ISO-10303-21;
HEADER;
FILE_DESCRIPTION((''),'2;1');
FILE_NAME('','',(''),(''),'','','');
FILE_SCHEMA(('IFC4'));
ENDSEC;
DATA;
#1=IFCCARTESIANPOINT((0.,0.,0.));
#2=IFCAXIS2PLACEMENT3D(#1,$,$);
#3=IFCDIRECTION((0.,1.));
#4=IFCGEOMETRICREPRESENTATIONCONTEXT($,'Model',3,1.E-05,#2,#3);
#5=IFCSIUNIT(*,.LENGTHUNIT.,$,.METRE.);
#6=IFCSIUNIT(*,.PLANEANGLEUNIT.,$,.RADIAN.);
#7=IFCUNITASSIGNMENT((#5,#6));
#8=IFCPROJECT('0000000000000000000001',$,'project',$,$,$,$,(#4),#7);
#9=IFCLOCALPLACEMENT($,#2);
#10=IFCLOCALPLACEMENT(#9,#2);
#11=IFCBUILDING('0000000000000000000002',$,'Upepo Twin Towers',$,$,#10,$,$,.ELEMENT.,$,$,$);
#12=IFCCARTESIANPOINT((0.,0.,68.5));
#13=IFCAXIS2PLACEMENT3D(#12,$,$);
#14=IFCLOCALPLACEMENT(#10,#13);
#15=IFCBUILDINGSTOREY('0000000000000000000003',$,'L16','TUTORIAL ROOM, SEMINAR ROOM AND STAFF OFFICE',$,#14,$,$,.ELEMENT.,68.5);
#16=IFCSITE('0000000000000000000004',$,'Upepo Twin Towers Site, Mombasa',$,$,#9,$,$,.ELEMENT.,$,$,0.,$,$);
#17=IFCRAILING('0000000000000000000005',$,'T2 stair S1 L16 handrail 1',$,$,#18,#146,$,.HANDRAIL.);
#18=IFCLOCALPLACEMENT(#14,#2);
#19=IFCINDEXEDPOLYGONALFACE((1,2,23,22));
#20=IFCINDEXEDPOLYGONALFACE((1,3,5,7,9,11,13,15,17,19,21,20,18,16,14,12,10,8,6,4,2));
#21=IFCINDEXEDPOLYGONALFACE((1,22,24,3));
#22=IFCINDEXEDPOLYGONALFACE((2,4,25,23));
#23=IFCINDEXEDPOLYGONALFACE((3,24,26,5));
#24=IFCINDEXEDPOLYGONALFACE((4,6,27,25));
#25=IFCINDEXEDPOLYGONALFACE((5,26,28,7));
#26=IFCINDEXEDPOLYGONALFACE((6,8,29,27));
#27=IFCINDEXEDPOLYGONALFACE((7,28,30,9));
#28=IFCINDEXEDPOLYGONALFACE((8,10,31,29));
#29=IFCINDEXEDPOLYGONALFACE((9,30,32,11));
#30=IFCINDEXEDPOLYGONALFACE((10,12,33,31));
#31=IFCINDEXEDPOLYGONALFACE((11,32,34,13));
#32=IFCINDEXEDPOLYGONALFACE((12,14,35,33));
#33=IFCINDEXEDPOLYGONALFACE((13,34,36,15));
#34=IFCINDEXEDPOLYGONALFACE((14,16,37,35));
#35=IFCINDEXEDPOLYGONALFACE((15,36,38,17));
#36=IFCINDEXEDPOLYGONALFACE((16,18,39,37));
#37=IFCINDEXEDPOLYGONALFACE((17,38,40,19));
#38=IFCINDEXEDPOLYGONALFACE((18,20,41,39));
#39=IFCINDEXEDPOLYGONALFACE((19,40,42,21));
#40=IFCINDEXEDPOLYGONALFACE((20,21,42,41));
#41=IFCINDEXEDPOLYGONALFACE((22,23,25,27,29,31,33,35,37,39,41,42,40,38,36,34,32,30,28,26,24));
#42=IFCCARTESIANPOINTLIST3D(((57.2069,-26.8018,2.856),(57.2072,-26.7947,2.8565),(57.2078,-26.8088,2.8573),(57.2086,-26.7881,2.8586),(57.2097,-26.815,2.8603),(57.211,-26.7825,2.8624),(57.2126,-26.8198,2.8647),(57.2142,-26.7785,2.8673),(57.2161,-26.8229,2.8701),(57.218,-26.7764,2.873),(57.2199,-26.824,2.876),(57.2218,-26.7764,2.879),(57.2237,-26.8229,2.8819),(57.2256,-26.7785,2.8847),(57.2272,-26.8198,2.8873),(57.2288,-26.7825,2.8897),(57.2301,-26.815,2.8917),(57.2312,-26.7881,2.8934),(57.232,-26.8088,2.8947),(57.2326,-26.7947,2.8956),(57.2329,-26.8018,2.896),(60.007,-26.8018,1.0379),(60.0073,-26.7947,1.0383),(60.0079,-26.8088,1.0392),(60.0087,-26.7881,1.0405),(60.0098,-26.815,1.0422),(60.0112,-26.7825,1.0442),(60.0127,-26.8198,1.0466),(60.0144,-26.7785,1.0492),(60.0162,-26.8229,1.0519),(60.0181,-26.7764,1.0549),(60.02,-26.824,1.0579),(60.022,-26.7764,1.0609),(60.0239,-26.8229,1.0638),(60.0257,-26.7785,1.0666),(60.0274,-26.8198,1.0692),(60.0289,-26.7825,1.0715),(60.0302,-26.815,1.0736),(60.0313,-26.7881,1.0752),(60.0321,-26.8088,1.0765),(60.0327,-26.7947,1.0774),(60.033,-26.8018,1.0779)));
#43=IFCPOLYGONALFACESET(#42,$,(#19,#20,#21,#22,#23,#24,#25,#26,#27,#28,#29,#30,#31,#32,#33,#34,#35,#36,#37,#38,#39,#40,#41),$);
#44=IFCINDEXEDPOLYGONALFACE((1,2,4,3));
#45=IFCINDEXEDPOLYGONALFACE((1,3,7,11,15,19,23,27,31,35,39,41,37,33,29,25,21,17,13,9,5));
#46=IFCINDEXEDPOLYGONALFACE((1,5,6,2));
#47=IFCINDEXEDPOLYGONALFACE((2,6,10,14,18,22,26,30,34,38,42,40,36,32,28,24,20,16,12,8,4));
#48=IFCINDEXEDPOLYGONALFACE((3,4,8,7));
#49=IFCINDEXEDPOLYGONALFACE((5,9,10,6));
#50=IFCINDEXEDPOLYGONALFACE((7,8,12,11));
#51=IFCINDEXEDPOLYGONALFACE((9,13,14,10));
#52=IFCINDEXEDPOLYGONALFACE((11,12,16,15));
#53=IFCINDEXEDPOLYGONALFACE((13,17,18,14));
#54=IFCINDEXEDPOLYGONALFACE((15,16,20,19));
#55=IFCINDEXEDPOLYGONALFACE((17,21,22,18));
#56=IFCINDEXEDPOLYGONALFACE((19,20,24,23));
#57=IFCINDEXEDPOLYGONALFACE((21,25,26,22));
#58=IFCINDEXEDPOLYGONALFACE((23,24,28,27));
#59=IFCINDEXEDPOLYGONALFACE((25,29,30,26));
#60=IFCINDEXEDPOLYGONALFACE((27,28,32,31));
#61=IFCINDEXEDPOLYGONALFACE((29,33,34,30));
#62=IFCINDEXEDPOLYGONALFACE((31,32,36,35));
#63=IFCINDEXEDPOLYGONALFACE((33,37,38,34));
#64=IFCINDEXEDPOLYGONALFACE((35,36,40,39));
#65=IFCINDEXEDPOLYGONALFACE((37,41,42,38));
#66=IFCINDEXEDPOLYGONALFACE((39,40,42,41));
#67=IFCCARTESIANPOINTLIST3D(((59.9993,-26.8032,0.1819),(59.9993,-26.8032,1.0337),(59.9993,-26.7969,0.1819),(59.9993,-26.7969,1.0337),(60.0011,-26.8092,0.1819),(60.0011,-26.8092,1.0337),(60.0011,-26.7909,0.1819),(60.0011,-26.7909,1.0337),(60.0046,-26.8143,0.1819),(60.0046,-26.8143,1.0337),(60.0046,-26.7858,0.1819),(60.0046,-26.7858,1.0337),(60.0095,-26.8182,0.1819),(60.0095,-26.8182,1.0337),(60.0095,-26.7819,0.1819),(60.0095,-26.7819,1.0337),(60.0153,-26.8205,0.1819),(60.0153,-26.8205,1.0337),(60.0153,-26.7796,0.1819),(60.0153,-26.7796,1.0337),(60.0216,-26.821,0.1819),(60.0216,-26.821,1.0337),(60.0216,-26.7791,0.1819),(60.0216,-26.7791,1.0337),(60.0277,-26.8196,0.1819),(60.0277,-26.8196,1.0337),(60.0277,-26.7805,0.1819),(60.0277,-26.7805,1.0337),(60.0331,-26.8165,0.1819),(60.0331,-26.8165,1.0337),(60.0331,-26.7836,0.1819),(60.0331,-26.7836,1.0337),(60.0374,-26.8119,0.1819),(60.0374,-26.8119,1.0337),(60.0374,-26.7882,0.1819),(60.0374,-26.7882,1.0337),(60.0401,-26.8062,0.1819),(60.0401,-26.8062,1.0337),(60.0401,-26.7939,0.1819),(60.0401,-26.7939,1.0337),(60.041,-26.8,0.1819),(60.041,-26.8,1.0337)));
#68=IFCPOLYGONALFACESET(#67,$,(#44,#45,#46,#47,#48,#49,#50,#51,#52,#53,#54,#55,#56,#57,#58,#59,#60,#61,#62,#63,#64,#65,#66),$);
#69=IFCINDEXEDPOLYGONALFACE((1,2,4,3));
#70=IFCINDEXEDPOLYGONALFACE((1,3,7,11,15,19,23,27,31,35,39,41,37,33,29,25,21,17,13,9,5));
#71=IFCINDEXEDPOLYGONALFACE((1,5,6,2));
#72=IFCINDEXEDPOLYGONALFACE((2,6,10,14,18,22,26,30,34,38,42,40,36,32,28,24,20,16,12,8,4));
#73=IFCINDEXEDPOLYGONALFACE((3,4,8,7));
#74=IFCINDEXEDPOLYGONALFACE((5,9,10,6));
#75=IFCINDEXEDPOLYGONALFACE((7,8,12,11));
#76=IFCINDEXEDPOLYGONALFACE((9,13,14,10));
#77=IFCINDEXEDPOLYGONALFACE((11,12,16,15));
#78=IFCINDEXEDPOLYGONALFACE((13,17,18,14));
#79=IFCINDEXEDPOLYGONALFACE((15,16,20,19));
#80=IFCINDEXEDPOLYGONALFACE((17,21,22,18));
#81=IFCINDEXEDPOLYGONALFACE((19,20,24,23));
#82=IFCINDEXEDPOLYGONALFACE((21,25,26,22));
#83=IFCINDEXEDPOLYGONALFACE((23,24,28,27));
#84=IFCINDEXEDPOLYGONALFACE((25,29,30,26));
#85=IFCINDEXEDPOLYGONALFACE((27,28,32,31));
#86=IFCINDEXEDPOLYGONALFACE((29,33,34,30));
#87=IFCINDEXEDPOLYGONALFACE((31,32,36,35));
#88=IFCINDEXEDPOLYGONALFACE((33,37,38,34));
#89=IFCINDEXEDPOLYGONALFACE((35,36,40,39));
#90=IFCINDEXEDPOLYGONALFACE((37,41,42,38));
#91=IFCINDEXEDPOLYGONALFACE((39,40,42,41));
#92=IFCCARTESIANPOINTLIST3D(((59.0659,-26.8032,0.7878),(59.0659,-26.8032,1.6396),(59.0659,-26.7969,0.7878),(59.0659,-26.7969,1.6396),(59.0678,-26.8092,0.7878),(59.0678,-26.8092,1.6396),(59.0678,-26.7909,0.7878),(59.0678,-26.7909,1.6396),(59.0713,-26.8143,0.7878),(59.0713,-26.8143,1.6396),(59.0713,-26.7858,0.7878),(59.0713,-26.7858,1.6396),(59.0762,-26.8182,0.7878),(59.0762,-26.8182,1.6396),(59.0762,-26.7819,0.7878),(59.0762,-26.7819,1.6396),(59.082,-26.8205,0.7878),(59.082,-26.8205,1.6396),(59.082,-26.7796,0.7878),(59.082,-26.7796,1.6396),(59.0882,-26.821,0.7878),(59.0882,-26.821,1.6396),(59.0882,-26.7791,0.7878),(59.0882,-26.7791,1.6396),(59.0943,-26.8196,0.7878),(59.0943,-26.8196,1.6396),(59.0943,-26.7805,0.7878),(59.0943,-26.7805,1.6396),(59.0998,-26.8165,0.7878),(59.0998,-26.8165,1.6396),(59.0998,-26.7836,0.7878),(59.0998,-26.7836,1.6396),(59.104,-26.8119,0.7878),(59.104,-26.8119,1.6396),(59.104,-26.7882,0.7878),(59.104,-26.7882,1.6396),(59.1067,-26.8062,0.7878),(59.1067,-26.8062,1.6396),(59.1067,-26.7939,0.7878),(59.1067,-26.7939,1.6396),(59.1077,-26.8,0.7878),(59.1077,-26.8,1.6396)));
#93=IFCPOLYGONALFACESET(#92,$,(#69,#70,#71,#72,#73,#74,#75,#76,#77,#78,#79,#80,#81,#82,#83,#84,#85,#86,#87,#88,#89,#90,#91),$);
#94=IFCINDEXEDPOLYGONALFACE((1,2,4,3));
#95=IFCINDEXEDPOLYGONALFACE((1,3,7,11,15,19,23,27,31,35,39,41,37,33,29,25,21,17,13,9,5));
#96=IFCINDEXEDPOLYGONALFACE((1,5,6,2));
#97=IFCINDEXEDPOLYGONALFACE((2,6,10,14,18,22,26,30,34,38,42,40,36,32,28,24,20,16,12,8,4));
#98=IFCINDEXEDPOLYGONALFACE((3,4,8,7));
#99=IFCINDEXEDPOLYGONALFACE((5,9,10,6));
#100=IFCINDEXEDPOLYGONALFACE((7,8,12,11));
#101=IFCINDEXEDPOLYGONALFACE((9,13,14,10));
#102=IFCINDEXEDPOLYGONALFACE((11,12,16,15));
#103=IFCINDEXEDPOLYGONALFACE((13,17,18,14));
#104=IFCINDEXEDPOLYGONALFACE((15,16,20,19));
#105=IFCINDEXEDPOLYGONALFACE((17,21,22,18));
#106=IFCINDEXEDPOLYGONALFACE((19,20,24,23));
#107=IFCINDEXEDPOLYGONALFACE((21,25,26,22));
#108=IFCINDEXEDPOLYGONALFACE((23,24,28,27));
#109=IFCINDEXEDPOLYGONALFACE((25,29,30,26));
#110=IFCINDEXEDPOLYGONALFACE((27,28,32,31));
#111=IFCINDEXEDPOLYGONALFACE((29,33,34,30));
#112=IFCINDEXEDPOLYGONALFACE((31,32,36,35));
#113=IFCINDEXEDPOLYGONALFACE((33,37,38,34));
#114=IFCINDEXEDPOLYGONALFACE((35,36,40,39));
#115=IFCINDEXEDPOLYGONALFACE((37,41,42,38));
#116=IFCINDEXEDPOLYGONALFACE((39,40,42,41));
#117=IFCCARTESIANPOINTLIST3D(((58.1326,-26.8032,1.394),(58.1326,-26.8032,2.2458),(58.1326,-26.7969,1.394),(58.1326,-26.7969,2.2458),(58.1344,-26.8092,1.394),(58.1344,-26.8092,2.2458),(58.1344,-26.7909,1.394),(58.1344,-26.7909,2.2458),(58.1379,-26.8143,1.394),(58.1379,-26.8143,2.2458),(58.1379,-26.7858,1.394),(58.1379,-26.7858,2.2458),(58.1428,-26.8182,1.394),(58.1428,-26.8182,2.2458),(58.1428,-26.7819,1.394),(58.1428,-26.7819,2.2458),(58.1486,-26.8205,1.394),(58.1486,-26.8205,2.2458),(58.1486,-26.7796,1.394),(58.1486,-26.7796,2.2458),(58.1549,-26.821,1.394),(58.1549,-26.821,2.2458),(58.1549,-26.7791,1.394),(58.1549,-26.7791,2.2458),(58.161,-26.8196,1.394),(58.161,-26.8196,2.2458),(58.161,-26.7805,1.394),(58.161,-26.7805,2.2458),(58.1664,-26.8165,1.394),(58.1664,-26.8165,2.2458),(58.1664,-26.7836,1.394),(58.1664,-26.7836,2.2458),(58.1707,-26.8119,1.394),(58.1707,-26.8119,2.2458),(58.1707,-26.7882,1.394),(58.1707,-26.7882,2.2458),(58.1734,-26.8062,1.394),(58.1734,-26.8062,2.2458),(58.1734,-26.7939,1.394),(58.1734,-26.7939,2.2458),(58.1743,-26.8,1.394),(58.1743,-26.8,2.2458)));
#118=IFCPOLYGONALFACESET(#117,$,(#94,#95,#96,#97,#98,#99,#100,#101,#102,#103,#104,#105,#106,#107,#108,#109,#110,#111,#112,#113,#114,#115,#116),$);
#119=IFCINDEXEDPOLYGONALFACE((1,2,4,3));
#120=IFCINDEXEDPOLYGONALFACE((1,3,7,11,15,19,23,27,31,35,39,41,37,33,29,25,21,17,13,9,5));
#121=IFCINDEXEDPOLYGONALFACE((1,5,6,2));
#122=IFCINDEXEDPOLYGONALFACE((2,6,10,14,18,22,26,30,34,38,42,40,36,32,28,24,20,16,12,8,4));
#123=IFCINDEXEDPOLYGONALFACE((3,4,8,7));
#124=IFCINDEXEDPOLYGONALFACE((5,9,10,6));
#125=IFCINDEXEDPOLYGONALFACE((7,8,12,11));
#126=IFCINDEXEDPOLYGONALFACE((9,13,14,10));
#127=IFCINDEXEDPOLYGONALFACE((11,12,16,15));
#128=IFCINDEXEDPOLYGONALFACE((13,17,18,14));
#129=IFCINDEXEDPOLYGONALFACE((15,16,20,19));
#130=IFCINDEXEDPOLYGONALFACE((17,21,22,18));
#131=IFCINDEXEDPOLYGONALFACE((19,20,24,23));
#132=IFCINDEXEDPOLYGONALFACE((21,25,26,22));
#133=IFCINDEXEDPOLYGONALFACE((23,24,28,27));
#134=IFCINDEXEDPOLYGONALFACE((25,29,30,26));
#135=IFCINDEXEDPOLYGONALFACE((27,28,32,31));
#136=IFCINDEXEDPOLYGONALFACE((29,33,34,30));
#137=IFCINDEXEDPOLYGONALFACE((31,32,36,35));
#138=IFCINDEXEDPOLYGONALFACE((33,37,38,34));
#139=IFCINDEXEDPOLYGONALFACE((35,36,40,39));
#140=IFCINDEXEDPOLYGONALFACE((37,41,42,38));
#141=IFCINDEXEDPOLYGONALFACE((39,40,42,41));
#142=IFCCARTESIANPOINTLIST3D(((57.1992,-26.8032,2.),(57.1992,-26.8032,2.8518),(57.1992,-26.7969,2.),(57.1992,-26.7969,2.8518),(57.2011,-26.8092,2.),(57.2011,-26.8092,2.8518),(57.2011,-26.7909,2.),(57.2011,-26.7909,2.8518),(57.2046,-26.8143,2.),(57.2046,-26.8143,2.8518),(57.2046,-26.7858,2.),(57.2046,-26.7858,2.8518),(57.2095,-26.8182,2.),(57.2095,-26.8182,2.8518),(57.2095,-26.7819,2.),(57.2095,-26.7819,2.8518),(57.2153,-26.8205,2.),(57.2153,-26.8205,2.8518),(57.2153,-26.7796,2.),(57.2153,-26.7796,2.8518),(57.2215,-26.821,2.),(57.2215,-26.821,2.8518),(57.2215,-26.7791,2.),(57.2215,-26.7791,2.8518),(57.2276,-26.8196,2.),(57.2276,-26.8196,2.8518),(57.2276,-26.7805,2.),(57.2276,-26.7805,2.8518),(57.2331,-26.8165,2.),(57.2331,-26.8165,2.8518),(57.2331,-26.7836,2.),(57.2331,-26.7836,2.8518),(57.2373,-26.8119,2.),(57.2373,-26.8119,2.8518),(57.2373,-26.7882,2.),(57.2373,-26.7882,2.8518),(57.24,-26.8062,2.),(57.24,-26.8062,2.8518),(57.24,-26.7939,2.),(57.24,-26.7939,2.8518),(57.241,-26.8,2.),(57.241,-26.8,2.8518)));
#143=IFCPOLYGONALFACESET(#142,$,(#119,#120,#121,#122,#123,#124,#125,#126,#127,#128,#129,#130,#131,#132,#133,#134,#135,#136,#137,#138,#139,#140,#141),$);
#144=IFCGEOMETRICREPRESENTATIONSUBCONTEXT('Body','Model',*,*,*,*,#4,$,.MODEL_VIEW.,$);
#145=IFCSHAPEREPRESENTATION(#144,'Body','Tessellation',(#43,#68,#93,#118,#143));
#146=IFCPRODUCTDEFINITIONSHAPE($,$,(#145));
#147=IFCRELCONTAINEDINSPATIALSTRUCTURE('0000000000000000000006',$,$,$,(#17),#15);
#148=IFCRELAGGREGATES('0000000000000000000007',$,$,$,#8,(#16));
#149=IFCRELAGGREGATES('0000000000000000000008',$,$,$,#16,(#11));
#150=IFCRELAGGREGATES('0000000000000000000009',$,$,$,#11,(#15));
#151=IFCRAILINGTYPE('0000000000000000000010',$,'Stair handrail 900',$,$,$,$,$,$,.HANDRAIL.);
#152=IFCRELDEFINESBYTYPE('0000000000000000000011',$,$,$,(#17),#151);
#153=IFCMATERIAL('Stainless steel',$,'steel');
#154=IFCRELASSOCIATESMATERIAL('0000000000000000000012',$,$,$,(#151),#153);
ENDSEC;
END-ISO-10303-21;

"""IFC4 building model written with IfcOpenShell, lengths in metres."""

from ifc_helpers import new_model, si_unit, direction, frame, origin, origin_2d, place, context, subcontext, project, spatial, circle, extrude, material, type_object, element, save


model = new_model("IFC4")

# Units and contexts
model_context = context("Model", 3, precision=1e-05, world=origin(), true_north=direction((0.0, 1.0)))
body_context = subcontext(model_context, "Body", "Model", "MODEL_VIEW")
ifc_project = project(units=[si_unit("LENGTHUNIT", "METRE"), si_unit("PLANEANGLEUNIT", "RADIAN")], contexts=[model_context])

# Site, building, storey
site_placement = place(None, origin())
site = spatial("IfcSite", under=ifc_project, at=site_placement, Name="Upepo Twin Towers Site, Mombasa", CompositionType="ELEMENT", RefElevation=0.0)
building_placement = place(site_placement, origin())
building = spatial("IfcBuilding", under=site, at=building_placement, Name="Upepo Twin Towers", CompositionType="ELEMENT")
storey_placement = place(building_placement, frame((0.0, 0.0, 68.5)))
storey = spatial("IfcBuildingStorey", under=building, at=storey_placement, Name="L16", Description="TUTORIAL ROOM, SEMINAR ROOM AND STAFF OFFICE", CompositionType="ELEMENT", Elevation=68.5)

# Railing
ifc_material_1 = material(Name="Stainless steel", Category="steel")
railing_type = type_object("IfcRailingType", Name="Stair handrail 900", PredefinedType="HANDRAIL", material=ifc_material_1)
railing_1_placement = place(storey_placement, frame((60.02, -26.8, 0.1819)))
element("IfcRailing", 1, at=railing_1_placement, inside=storey, type_object=railing_type, Name="T2 stair S1 L16 handrail 1", PredefinedType="HANDRAIL", context=body_context, shape_type="SweptSolid", body=[
    extrude(circle(Radius=0.0239, at=origin_2d()), frame((0.0, 0.0, 0.876), z_axis=(-0.838706, 0.0, 0.544585), x_axis=(0.0, -1.0, 0.0)), (0.0, 0.0, 1.0), 3.3386),
    extrude(circle(Radius=0.021, at=origin_2d()), origin(), (0.0, 0.0, 1.0), 0.8518),
    extrude(circle(Radius=0.021, at=origin_2d()), frame((-0.9333, 0.0, 0.606)), (0.0, 0.0, 1.0), 0.8518),
    extrude(circle(Radius=0.021, at=origin_2d()), frame((-1.8667, 0.0, 1.2122)), (0.0, 0.0, 1.0), 0.8518),
    extrude(circle(Radius=0.021, at=origin_2d()), frame((-2.8, 0.0, 1.8181)), (0.0, 0.0, 1.0), 0.8518),
])

save(model, "model.ifc")
